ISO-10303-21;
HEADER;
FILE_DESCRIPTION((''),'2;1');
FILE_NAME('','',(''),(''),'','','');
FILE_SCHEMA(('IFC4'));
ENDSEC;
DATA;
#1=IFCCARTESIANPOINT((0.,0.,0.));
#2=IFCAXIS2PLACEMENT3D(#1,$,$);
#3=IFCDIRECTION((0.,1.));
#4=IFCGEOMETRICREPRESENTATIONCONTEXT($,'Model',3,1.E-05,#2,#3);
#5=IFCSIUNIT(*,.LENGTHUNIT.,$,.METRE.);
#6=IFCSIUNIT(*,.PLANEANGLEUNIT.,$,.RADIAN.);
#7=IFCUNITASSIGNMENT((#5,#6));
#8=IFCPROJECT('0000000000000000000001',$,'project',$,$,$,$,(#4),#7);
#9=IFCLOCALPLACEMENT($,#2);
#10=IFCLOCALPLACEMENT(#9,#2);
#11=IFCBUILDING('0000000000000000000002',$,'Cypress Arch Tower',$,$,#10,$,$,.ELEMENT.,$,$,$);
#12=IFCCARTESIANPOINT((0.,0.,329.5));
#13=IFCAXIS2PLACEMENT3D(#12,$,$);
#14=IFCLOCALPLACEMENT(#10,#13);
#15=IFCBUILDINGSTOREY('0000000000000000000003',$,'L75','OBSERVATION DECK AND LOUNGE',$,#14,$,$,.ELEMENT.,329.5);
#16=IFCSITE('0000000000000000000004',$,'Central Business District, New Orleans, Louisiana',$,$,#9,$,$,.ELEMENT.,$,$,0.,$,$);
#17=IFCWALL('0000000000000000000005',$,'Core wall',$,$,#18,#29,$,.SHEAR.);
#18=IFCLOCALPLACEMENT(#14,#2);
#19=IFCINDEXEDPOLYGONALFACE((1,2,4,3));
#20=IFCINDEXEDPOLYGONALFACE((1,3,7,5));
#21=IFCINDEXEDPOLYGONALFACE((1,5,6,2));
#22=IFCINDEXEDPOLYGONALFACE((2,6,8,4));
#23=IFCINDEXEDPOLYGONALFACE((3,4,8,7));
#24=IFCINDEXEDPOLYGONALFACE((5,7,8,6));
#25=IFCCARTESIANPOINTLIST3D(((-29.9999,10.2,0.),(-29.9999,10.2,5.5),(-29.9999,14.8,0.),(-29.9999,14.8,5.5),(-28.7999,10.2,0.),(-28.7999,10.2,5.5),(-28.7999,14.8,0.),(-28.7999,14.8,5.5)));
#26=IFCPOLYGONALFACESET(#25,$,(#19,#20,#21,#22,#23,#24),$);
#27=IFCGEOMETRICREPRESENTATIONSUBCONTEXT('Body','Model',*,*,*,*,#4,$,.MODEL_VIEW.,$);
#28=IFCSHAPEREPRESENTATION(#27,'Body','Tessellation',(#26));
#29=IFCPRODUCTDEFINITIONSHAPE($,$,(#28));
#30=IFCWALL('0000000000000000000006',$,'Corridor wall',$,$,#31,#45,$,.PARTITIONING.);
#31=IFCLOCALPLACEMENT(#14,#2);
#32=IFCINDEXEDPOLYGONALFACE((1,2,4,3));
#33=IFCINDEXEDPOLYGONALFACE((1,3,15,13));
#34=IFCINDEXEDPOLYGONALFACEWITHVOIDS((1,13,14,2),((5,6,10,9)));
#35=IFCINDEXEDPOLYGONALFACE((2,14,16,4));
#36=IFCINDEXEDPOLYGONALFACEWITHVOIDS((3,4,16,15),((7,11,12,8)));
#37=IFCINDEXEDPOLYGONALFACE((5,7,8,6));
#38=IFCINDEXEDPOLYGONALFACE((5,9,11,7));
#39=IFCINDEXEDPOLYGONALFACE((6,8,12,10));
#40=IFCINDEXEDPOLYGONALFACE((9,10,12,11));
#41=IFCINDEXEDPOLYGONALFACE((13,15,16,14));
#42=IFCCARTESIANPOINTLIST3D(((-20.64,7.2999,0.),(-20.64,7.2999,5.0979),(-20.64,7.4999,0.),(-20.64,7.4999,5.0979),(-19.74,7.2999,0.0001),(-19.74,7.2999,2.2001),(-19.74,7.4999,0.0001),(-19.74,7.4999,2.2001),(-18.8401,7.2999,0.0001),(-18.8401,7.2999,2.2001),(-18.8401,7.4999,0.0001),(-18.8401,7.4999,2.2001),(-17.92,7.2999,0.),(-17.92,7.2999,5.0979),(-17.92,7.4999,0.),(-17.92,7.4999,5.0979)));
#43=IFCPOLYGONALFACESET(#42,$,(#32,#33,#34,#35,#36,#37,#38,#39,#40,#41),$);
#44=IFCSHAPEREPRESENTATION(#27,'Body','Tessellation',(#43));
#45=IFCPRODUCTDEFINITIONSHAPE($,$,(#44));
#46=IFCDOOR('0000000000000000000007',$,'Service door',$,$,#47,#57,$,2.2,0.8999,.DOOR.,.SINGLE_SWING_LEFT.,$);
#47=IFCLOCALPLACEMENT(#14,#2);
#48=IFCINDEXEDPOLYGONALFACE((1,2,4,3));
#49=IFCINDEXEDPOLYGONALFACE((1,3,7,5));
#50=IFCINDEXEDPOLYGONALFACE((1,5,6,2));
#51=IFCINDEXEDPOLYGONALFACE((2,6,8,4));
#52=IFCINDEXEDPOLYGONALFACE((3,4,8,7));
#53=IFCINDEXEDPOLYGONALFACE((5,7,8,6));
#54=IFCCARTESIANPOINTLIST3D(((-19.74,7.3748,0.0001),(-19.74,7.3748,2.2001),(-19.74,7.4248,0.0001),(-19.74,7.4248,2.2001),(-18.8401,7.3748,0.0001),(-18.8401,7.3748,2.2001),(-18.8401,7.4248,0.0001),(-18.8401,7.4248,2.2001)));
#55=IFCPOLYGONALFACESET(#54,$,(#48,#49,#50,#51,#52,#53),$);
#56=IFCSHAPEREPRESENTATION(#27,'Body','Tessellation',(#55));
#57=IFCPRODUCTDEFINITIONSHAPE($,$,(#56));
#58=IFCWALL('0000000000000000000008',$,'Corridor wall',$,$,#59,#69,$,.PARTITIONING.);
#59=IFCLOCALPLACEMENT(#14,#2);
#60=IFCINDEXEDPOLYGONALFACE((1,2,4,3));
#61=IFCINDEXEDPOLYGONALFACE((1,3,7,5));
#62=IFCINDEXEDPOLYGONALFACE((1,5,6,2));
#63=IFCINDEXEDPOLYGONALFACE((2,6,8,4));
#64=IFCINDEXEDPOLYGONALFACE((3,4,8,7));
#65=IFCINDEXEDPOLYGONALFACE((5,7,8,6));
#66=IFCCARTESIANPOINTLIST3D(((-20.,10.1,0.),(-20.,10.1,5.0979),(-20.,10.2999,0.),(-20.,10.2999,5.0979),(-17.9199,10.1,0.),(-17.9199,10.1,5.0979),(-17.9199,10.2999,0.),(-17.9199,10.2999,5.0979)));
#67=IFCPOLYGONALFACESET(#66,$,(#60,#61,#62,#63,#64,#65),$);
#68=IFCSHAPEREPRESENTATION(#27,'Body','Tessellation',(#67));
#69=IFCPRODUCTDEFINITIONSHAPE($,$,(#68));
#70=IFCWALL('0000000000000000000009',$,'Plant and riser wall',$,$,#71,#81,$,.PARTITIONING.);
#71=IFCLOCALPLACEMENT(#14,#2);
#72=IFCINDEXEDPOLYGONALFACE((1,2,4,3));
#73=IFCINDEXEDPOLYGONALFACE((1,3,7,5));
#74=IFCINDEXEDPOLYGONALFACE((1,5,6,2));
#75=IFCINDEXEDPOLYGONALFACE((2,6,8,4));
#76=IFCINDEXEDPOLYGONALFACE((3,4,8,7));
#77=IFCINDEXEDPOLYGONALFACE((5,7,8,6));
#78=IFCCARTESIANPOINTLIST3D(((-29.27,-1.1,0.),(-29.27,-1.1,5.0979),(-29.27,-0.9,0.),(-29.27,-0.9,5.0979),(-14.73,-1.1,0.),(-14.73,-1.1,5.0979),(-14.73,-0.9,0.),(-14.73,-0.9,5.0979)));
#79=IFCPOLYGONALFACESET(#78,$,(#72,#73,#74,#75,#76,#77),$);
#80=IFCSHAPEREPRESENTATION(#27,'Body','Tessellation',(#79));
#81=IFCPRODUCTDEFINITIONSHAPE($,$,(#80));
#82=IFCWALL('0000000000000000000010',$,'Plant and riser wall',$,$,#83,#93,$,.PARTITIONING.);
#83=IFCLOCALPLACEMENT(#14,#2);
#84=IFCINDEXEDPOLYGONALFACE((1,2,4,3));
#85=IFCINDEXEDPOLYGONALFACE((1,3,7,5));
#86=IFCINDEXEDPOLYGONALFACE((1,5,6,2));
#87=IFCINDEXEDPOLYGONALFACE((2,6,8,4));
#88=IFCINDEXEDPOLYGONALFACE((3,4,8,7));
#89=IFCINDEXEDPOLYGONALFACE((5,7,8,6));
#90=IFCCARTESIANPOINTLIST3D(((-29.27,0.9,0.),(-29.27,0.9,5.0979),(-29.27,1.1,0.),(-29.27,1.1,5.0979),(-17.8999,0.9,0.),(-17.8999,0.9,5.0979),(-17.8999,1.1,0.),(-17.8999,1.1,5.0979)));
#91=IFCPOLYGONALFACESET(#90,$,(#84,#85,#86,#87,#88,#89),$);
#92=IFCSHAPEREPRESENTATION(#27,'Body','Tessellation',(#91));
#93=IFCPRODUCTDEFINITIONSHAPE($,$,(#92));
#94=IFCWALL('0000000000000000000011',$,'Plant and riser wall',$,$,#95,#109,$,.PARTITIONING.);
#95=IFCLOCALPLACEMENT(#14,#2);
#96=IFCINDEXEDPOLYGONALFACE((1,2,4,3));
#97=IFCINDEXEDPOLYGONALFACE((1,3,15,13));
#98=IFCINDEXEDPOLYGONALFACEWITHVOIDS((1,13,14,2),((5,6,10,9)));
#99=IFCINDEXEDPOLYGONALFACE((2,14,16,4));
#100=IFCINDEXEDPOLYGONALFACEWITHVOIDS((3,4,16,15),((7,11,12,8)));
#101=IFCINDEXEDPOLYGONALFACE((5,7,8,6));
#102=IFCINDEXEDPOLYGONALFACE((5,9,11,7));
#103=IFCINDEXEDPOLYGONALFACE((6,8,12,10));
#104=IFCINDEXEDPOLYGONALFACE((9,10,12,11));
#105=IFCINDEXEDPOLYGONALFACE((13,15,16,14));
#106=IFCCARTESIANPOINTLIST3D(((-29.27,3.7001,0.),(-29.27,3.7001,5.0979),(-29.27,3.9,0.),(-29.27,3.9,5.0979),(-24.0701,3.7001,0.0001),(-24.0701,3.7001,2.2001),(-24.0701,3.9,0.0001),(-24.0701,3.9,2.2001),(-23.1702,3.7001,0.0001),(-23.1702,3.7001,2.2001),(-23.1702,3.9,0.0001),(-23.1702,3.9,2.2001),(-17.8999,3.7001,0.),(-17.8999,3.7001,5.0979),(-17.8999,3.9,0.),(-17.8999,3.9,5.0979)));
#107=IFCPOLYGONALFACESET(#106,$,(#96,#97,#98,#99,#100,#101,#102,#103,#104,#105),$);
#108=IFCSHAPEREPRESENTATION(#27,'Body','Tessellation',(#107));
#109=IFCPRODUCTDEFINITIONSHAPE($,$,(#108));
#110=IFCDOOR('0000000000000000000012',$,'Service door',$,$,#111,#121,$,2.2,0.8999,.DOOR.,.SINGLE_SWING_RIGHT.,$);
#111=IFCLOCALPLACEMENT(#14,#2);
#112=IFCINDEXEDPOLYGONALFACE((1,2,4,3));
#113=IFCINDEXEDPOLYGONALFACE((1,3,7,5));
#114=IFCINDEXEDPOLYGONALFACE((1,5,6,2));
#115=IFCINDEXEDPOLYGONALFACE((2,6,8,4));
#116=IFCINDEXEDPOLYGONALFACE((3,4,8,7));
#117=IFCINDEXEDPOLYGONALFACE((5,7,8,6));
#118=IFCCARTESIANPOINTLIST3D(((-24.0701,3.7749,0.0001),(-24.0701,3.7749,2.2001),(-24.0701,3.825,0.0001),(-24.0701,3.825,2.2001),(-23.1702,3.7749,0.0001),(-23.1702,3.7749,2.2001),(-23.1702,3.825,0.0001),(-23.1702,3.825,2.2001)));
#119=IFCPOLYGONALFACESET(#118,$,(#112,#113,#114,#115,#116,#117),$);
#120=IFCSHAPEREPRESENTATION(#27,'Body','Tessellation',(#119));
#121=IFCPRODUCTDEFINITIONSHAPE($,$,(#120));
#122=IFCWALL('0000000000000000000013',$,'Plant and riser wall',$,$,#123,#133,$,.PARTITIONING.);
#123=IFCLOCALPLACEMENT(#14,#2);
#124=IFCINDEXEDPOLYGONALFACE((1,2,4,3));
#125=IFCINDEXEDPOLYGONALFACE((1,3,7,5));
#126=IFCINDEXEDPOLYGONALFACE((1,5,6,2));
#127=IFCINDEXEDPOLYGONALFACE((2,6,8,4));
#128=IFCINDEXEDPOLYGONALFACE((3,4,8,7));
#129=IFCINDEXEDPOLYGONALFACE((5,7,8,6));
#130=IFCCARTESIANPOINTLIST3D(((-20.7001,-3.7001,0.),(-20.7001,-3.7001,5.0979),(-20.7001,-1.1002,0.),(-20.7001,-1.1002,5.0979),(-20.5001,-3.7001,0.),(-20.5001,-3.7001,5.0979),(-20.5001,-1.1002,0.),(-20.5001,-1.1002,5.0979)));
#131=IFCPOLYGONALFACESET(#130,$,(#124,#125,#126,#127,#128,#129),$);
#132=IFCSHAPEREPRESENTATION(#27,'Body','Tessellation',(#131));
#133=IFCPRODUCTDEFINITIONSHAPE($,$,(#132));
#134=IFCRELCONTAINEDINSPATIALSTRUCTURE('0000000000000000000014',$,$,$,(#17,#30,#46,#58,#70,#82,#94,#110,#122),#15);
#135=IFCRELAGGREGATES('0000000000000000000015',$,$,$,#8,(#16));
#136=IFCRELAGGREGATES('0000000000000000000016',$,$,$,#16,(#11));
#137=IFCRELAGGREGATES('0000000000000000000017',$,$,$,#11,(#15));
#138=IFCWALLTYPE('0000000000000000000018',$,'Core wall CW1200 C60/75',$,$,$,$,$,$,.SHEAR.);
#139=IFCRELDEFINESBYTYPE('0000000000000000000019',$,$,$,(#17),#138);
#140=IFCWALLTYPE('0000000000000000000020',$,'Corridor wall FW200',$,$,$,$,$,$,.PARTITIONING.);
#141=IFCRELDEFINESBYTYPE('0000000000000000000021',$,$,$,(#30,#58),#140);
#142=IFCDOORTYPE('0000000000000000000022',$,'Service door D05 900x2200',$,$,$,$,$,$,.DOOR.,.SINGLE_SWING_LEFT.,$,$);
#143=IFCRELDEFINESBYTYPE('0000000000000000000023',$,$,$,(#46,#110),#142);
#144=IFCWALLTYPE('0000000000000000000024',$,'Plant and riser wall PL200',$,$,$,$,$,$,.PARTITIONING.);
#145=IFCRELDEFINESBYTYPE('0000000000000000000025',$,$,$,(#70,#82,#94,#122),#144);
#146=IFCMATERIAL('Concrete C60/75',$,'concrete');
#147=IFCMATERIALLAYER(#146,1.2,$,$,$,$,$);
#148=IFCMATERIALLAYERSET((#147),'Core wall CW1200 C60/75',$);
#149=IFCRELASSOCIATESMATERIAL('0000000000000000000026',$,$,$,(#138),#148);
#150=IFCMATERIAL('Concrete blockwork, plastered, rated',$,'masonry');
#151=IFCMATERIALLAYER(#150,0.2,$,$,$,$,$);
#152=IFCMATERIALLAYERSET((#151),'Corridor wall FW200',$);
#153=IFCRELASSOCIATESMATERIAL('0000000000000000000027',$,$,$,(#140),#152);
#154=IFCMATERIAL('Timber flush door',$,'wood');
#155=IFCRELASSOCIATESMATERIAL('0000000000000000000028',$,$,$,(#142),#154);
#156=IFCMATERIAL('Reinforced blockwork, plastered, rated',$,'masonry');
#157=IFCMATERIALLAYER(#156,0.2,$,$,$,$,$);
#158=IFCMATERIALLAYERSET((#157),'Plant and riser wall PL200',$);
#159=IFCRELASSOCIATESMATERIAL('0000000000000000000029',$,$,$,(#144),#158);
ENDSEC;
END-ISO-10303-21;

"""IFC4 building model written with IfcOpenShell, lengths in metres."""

from ifc_helpers import new_model, si_unit, direction, frame, frame_2d, origin, place, context, subcontext, project, spatial, rectangle, extrude, material, layer, layer_set, type_object, element, fill, save


model = new_model("IFC4")

# Units and contexts
model_context = context("Model", 3, precision=1e-05, world=origin(), true_north=direction((0.0, 1.0)))
body_context = subcontext(model_context, "Body", "Model", "MODEL_VIEW")
ifc_project = project(units=[si_unit("LENGTHUNIT", "METRE"), si_unit("PLANEANGLEUNIT", "RADIAN")], contexts=[model_context])

# Site, building, storey
site_placement = place(None, origin())
site = spatial("IfcSite", under=ifc_project, at=site_placement, Name="Central Business District, New Orleans, Louisiana", CompositionType="ELEMENT", RefElevation=0.0)
building_placement = place(site_placement, origin())
building = spatial("IfcBuilding", under=site, at=building_placement, Name="Cypress Arch Tower", CompositionType="ELEMENT")
storey_placement = place(building_placement, frame((0.0, 0.0, 329.5)))
storey = spatial("IfcBuildingStorey", under=building, at=storey_placement, Name="L75", Description="OBSERVATION DECK AND LOUNGE", CompositionType="ELEMENT", Elevation=329.5)

# Wall
ifc_material_1 = material(Name="Concrete C60/75", Category="concrete")
ifc_layer_1 = layer(ifc_material_1, 1.2)
ifc_layer_set_1 = layer_set([ifc_layer_1], Name="Core wall CW1200 C60/75")
wall_type_1 = type_object("IfcWallType", Name="Core wall CW1200 C60/75", PredefinedType="SHEAR", material=ifc_layer_set_1)
wall_1_placement = place(storey_placement, frame((-29.3999, 10.2, 0.0), z_axis=(0.0, 0.0, 1.0), x_axis=(0.0, 1.0, 0.0)))
element("IfcWall", 1, at=wall_1_placement, inside=storey, type_object=wall_type_1, Name="Core wall", PredefinedType="SHEAR", context=body_context, shape_type="SweptSolid", body=[
    extrude(rectangle(XDim=4.6001, YDim=1.2, at=frame_2d((2.3, 0.0))), origin(), (0.0, 0.0, 1.0), 5.5),
])

# Wall, opening, door
ifc_material_2 = material(Name="Concrete blockwork, plastered, rated", Category="masonry")
ifc_layer_2 = layer(ifc_material_2, 0.2)
ifc_layer_set_2 = layer_set([ifc_layer_2], Name="Corridor wall FW200")
wall_type_2 = type_object("IfcWallType", Name="Corridor wall FW200", PredefinedType="PARTITIONING", material=ifc_layer_set_2)
wall_2_placement = place(storey_placement, frame((-20.6399, 7.3999, 0.0), z_axis=(0.0, 0.0, 1.0), x_axis=(1.0, 0.0, 0.0)))
wall_2 = element("IfcWall", 2, at=wall_2_placement, inside=storey, type_object=wall_type_2, Name="Corridor wall", PredefinedType="PARTITIONING", context=body_context, shape_type="SweptSolid", body=[
    extrude(rectangle(XDim=2.72, YDim=0.2, at=frame_2d((1.3599, 0.0))), origin(), (0.0, 0.0, 1.0), 5.0979),
])
opening_1_placement = place(wall_2_placement, frame((0.8999, 0.0, 0.0)))
opening_1 = element("IfcOpeningElement", 3, at=opening_1_placement, cuts=wall_2, PredefinedType="OPENING", context=body_context, shape_type="SweptSolid", body=[
    extrude(rectangle(XDim=0.8999, YDim=2.2, at=frame_2d((0.45, 1.1001))), frame((0.0, 0.1099, 0.0), z_axis=(0.0, -1.0, 0.0), x_axis=(1.0, 0.0, 0.0)), (0.0, 0.0, 1.0), 0.22),
])
ifc_material_3 = material(Name="Timber flush door", Category="wood")
door_type_1 = type_object("IfcDoorType", Name="Service door D05 900x2200", OperationType="SINGLE_SWING_LEFT", PredefinedType="DOOR", material=ifc_material_3)
door_1_placement = place(opening_1_placement, origin())
door_1 = element("IfcDoor", 4, at=door_1_placement, inside=storey, type_object=door_type_1, Name="Service door", OperationType="SINGLE_SWING_LEFT", OverallHeight=2.2, OverallWidth=0.8999, PredefinedType="DOOR", context=body_context, shape_type="SweptSolid", body=[
    extrude(rectangle(XDim=0.8999, YDim=2.2, at=frame_2d((0.45, 1.1001))), frame((0.0, 0.0249, 0.0), z_axis=(0.0, -1.0, 0.0), x_axis=(1.0, 0.0, 0.0)), (0.0, 0.0, 1.0), 0.05),
])
fill(opening_1, door_1)

# Walls
wall_3_placement = place(storey_placement, frame((-20.0, 10.2, 0.0), z_axis=(0.0, 0.0, 1.0), x_axis=(1.0, 0.0, 0.0)))
element("IfcWall", 5, at=wall_3_placement, inside=storey, type_object=wall_type_2, Name="Corridor wall", PredefinedType="PARTITIONING", context=body_context, shape_type="SweptSolid", body=[
    extrude(rectangle(XDim=2.0801, YDim=0.2, at=frame_2d((1.04, 0.0))), origin(), (0.0, 0.0, 1.0), 5.0979),
])
ifc_material_4 = material(Name="Reinforced blockwork, plastered, rated", Category="masonry")
ifc_layer_3 = layer(ifc_material_4, 0.2)
ifc_layer_set_3 = layer_set([ifc_layer_3], Name="Plant and riser wall PL200")
wall_type_3 = type_object("IfcWallType", Name="Plant and riser wall PL200", PredefinedType="PARTITIONING", material=ifc_layer_set_3)
wall_4_placement = place(storey_placement, frame((-29.27, -1.0, 0.0), z_axis=(0.0, 0.0, 1.0), x_axis=(1.0, 0.0, 0.0)))
element("IfcWall", 6, at=wall_4_placement, inside=storey, type_object=wall_type_3, Name="Plant and riser wall", PredefinedType="PARTITIONING", context=body_context, shape_type="SweptSolid", body=[
    extrude(rectangle(XDim=14.54, YDim=0.2, at=frame_2d((7.27, 0.0))), origin(), (0.0, 0.0, 1.0), 5.0979),
])
wall_5_placement = place(storey_placement, frame((-29.27, 1.0, 0.0), z_axis=(0.0, 0.0, 1.0), x_axis=(1.0, 0.0, 0.0)))
element("IfcWall", 7, at=wall_5_placement, inside=storey, type_object=wall_type_3, Name="Plant and riser wall", PredefinedType="PARTITIONING", context=body_context, shape_type="SweptSolid", body=[
    extrude(rectangle(XDim=11.3701, YDim=0.2, at=frame_2d((5.6851, 0.0))), origin(), (0.0, 0.0, 1.0), 5.0979),
])

# Wall, opening, door
wall_6_placement = place(storey_placement, frame((-29.27, 3.8, 0.0), z_axis=(0.0, 0.0, 1.0), x_axis=(1.0, 0.0, 0.0)))
wall_6 = element("IfcWall", 8, at=wall_6_placement, inside=storey, type_object=wall_type_3, Name="Plant and riser wall", PredefinedType="PARTITIONING", context=body_context, shape_type="SweptSolid", body=[
    extrude(rectangle(XDim=11.3701, YDim=0.2, at=frame_2d((5.6851, 0.0))), origin(), (0.0, 0.0, 1.0), 5.0979),
])
opening_2_placement = place(wall_6_placement, frame((5.2, 0.0, 0.0)))
opening_2 = element("IfcOpeningElement", 9, at=opening_2_placement, cuts=wall_6, PredefinedType="OPENING", context=body_context, shape_type="SweptSolid", body=[
    extrude(rectangle(XDim=0.8999, YDim=2.2, at=frame_2d((0.45, 1.1001))), frame((0.0, 0.1099, 0.0), z_axis=(0.0, -1.0, 0.0), x_axis=(1.0, 0.0, 0.0)), (0.0, 0.0, 1.0), 0.22),
])
door_2_placement = place(opening_2_placement, origin())
door_2 = element("IfcDoor", 10, at=door_2_placement, inside=storey, type_object=door_type_1, Name="Service door", OperationType="SINGLE_SWING_RIGHT", OverallHeight=2.2, OverallWidth=0.8999, PredefinedType="DOOR", context=body_context, shape_type="SweptSolid", body=[
    extrude(rectangle(XDim=0.8999, YDim=2.2, at=frame_2d((0.45, 1.1001))), frame((0.0, 0.0249, 0.0), z_axis=(0.0, -1.0, 0.0), x_axis=(1.0, 0.0, 0.0)), (0.0, 0.0, 1.0), 0.05),
])
fill(opening_2, door_2)

# Wall
wall_7_placement = place(storey_placement, frame((-20.6001, -3.7, 0.0), z_axis=(0.0, 0.0, 1.0), x_axis=(0.0, 1.0, 0.0)))
element("IfcWall", 11, at=wall_7_placement, inside=storey, type_object=wall_type_3, Name="Plant and riser wall", PredefinedType="PARTITIONING", context=body_context, shape_type="SweptSolid", body=[
    extrude(rectangle(XDim=2.5999, YDim=0.2, at=frame_2d((1.2998, 0.0))), origin(), (0.0, 0.0, 1.0), 5.0979),
])

save(model, "model.ifc")
